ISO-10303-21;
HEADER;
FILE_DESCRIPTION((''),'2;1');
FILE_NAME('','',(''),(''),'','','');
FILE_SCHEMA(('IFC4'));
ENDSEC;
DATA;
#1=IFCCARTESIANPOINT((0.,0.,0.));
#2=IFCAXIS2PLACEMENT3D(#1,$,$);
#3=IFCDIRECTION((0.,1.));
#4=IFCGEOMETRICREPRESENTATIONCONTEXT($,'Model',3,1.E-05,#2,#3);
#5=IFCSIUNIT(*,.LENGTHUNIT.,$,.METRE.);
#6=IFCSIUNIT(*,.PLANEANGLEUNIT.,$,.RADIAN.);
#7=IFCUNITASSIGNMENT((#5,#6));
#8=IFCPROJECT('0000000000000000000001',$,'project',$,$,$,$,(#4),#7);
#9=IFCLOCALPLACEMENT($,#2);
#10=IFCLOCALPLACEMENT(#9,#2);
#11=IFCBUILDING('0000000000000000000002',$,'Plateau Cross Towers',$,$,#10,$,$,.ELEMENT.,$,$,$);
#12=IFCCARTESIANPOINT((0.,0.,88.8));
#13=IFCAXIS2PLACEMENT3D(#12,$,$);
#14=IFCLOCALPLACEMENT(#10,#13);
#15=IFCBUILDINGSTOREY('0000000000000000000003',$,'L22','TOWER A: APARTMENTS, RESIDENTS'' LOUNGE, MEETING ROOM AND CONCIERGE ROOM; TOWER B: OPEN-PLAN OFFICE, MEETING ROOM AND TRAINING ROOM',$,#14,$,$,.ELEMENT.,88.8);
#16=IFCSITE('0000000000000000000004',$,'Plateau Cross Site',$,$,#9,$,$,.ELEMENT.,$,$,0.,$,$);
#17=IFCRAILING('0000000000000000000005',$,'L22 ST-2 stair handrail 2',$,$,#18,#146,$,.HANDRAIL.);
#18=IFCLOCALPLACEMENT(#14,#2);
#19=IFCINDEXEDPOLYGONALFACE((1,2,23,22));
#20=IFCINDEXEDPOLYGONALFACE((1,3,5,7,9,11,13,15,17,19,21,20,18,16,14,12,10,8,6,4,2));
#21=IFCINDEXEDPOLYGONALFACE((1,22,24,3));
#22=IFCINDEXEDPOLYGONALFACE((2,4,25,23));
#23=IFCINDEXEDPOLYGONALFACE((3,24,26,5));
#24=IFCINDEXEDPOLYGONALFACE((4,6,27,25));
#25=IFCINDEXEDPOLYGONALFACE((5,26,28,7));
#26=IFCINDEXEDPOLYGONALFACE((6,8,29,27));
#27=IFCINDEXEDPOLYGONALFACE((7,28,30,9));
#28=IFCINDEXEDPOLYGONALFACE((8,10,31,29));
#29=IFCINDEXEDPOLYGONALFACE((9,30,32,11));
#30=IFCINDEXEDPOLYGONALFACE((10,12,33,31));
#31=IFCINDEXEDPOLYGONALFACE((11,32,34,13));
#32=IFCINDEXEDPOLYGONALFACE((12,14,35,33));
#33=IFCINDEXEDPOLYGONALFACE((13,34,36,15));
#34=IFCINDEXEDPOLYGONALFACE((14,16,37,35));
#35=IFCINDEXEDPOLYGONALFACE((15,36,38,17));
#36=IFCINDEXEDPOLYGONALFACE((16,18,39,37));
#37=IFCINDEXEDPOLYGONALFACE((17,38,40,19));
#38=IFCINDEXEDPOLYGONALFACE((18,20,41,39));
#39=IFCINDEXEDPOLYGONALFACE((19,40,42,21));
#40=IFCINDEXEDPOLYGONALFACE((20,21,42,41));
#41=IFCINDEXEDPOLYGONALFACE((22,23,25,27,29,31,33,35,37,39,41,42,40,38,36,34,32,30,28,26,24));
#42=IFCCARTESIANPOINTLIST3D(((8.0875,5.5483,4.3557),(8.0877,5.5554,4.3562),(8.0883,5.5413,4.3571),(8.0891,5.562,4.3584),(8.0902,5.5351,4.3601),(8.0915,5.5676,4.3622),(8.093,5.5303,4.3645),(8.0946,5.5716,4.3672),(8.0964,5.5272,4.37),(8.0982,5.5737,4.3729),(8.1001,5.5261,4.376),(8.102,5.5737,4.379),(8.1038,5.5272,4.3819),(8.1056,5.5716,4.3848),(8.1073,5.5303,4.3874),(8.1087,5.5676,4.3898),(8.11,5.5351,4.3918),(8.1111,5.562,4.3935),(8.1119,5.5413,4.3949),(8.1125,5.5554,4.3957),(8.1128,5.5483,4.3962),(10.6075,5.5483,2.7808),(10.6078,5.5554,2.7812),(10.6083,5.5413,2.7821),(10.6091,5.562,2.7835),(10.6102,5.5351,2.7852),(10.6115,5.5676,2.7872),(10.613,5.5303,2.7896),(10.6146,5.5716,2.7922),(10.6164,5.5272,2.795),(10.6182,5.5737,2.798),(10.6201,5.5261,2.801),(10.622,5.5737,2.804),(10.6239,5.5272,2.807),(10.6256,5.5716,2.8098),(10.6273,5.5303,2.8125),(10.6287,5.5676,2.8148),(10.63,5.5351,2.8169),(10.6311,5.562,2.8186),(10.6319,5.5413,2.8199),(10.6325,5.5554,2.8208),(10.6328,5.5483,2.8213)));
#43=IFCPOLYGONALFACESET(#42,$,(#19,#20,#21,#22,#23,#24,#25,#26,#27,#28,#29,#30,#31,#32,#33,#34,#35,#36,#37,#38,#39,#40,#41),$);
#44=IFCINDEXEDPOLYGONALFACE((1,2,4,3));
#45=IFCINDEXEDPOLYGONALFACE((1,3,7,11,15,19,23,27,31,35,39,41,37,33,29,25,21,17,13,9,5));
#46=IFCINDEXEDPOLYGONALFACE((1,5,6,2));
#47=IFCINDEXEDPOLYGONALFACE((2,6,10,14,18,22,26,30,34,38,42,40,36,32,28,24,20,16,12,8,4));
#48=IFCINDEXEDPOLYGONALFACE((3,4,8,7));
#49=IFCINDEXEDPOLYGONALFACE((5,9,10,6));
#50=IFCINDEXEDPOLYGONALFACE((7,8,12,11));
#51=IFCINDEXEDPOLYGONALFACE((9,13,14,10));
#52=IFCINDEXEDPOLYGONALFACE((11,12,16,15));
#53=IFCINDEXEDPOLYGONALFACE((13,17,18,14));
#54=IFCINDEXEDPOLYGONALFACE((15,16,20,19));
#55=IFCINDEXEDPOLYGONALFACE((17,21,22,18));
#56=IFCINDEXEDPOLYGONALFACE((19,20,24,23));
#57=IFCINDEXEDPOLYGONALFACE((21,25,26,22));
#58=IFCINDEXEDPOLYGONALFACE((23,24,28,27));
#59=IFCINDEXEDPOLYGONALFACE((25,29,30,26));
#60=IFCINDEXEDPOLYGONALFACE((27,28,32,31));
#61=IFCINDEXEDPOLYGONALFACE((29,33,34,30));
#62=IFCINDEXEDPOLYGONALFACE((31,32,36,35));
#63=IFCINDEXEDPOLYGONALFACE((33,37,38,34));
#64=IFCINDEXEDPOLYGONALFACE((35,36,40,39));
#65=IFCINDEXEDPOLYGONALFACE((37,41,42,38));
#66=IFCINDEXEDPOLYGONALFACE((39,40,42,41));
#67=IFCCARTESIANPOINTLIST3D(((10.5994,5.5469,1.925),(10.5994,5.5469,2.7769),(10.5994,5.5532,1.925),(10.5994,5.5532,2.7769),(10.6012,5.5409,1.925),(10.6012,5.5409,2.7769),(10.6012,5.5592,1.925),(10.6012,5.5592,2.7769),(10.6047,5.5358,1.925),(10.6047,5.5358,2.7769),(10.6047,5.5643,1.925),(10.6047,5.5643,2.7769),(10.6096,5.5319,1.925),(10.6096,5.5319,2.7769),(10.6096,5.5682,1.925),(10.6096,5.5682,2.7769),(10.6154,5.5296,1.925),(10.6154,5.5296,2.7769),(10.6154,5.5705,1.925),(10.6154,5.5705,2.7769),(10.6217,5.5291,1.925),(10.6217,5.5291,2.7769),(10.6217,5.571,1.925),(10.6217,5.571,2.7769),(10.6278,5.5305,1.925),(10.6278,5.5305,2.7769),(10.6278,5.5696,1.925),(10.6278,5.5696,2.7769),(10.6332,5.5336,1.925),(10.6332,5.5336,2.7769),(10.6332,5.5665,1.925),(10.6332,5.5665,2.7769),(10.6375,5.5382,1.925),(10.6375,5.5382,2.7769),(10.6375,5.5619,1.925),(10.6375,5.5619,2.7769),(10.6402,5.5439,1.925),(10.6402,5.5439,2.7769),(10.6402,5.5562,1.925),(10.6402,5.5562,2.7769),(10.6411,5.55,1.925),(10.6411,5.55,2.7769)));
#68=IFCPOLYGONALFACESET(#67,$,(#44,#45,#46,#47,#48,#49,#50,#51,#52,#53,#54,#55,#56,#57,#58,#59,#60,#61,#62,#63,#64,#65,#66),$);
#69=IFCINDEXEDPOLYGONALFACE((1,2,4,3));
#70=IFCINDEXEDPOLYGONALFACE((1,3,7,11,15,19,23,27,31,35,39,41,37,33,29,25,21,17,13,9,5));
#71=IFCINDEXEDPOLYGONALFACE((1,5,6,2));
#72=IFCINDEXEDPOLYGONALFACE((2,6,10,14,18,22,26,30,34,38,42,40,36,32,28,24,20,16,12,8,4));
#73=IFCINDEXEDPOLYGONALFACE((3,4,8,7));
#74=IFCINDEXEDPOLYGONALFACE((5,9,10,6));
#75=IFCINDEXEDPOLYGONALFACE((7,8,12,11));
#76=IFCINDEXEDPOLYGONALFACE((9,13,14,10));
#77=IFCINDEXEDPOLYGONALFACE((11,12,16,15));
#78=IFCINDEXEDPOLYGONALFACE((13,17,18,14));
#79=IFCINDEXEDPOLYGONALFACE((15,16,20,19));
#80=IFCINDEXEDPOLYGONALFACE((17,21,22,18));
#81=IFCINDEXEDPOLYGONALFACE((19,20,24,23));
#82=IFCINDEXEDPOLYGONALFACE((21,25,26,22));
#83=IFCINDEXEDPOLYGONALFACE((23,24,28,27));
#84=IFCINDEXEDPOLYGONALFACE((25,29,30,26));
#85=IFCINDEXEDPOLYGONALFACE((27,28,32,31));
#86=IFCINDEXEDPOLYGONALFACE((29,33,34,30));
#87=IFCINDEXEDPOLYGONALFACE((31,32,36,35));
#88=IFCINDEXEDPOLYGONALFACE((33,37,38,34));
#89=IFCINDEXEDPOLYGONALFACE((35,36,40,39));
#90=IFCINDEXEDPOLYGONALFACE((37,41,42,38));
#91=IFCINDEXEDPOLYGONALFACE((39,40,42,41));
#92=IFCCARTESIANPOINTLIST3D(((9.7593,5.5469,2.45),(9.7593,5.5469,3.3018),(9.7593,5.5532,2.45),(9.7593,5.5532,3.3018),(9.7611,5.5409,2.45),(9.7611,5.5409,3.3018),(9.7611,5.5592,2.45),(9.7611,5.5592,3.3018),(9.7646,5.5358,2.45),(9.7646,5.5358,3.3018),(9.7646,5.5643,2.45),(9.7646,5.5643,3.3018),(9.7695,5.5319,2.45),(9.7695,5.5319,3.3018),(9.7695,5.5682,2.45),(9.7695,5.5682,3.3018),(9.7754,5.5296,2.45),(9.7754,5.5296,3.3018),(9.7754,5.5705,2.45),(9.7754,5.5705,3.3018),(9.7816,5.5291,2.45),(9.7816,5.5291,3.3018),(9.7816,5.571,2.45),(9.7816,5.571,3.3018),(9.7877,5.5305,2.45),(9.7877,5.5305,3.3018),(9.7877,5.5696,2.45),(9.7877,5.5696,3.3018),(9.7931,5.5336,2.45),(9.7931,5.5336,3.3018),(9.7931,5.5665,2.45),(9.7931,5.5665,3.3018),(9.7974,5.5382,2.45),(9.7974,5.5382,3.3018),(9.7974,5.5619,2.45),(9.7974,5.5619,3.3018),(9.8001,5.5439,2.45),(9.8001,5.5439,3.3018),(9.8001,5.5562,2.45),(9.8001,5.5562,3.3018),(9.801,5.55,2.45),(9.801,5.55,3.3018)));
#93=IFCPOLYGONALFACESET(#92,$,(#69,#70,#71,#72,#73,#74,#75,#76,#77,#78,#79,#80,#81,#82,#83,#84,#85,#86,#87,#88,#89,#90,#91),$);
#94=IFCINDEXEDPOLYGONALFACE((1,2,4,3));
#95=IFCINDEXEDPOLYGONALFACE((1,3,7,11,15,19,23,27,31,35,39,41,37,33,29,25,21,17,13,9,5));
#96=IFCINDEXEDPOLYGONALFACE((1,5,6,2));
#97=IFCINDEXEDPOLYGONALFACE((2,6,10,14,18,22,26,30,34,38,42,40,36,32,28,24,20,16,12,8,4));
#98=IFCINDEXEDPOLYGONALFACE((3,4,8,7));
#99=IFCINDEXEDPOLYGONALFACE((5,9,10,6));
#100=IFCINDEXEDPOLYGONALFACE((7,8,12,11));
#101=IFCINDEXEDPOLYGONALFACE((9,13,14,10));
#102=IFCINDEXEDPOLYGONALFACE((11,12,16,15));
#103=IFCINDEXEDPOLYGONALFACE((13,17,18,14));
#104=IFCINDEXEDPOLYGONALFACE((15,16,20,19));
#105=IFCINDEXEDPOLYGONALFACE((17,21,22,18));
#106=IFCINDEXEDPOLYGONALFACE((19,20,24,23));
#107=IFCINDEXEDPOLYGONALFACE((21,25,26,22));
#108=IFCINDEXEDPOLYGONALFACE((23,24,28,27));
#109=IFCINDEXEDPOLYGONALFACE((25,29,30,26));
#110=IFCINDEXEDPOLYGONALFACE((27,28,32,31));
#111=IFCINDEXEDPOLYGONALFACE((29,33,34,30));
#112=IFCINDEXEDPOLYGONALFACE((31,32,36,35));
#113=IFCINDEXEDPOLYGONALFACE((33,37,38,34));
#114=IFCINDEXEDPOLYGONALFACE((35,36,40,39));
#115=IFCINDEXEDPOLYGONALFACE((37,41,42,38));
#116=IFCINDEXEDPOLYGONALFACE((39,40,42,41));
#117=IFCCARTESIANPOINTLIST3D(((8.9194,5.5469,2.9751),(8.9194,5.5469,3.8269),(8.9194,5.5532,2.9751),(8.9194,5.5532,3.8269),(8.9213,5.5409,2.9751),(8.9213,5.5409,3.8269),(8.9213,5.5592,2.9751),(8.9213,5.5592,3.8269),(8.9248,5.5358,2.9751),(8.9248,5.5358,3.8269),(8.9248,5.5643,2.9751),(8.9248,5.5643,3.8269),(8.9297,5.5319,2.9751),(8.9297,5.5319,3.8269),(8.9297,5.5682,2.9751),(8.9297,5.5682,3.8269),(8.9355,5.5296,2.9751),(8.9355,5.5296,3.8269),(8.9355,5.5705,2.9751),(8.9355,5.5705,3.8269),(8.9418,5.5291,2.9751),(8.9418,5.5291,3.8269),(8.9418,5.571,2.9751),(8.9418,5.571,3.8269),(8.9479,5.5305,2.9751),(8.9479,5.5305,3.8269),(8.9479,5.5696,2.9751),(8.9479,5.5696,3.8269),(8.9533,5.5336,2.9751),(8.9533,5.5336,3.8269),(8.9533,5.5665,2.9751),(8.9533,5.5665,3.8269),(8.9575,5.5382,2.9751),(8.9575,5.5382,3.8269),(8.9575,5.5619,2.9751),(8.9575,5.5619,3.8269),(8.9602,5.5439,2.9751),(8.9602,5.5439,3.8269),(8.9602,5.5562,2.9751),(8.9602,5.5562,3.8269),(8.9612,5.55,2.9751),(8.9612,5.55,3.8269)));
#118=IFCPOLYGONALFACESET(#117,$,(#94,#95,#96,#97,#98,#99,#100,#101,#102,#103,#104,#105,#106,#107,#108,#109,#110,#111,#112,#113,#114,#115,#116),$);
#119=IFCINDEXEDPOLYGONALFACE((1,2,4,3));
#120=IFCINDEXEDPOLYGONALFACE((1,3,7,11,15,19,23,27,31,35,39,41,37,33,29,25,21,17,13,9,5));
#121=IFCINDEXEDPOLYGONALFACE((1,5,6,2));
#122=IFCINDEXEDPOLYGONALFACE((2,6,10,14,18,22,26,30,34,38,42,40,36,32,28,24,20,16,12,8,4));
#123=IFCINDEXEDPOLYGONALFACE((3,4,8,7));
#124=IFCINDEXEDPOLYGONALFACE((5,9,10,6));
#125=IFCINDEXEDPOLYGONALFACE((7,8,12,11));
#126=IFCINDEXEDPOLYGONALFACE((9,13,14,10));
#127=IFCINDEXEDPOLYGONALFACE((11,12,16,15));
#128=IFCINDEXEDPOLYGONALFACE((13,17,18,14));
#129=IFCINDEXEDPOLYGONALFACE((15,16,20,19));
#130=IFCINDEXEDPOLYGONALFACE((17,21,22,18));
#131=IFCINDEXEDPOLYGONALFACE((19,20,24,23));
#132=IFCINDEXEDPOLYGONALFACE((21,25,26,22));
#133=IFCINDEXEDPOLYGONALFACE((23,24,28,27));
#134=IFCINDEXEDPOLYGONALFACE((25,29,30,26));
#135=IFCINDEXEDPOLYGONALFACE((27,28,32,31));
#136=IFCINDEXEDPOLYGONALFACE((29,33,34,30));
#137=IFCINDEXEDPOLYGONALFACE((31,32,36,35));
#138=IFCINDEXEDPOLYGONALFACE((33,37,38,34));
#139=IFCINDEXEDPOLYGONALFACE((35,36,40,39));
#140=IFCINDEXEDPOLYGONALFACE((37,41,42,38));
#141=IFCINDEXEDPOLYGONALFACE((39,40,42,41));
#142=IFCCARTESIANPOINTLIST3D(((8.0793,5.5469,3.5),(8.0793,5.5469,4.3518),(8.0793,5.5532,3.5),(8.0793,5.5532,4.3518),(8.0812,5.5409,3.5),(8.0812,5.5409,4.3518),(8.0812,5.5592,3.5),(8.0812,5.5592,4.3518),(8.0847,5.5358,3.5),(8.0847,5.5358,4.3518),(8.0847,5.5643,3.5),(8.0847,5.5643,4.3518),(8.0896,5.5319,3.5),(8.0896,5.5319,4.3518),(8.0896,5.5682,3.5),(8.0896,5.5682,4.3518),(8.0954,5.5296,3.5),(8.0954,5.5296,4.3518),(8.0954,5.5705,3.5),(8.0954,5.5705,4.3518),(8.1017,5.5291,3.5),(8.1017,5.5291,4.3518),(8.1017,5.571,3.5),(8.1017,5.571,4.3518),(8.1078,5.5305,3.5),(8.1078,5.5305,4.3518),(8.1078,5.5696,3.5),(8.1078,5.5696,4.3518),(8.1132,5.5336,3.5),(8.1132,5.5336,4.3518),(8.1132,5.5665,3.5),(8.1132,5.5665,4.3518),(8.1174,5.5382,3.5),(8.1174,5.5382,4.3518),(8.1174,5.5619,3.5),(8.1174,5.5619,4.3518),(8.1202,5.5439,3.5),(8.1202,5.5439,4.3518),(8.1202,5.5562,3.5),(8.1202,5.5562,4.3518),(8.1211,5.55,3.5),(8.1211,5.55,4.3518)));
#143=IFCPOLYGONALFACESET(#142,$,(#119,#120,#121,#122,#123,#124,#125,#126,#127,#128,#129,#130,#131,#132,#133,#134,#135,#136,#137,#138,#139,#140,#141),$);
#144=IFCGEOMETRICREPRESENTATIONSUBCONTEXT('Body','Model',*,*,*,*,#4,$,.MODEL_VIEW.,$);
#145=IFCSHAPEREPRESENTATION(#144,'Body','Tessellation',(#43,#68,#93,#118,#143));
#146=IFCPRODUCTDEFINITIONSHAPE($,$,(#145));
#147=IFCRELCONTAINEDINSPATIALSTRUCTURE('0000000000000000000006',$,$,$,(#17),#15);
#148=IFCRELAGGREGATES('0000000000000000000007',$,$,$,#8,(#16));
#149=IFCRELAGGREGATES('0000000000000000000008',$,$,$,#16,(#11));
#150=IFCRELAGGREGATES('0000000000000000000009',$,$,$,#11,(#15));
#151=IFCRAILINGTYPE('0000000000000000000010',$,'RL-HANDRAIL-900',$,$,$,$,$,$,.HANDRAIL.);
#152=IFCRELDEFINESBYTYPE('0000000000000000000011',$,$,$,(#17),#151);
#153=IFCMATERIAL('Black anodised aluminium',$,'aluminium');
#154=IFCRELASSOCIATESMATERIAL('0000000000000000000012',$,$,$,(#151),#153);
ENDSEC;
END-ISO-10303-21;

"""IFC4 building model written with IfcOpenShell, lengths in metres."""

from ifc_helpers import new_model, si_unit, direction, frame, origin, origin_2d, place, context, subcontext, project, spatial, circle, extrude, material, type_object, element, save


model = new_model("IFC4")

# Units and contexts
model_context = context("Model", 3, precision=1e-05, world=origin(), true_north=direction((0.0, 1.0)))
body_context = subcontext(model_context, "Body", "Model", "MODEL_VIEW")
ifc_project = project(units=[si_unit("LENGTHUNIT", "METRE"), si_unit("PLANEANGLEUNIT", "RADIAN")], contexts=[model_context])

# Site, building, storey
site_placement = place(None, origin())
site = spatial("IfcSite", under=ifc_project, at=site_placement, Name="Plateau Cross Site", CompositionType="ELEMENT", RefElevation=0.0)
building_placement = place(site_placement, origin())
building = spatial("IfcBuilding", under=site, at=building_placement, Name="Plateau Cross Towers", CompositionType="ELEMENT")
storey_placement = place(building_placement, frame((0.0, 0.0, 88.8)))
storey = spatial("IfcBuildingStorey", under=building, at=storey_placement, Name="L22", Description="TOWER A: APARTMENTS, RESIDENTS' LOUNGE, MEETING ROOM AND CONCIERGE ROOM; TOWER B: OPEN-PLAN OFFICE, MEETING ROOM AND TRAINING ROOM", CompositionType="ELEMENT", Elevation=88.8)

# Railing
ifc_material_1 = material(Name="Black anodised aluminium", Category="aluminium")
railing_type_1 = type_object("IfcRailingType", Name="RL-HANDRAIL-900", PredefinedType="HANDRAIL", material=ifc_material_1)
railing_1_placement = place(storey_placement, frame((10.6201, 5.55, 1.925)))
element("IfcRailing", 1, at=railing_1_placement, inside=storey, type_object=railing_type_1, Name="L22 ST-2 stair handrail 2", PredefinedType="HANDRAIL", context=body_context, shape_type="SweptSolid", body=[
    extrude(circle(Radius=0.0239, at=origin_2d()), frame((0.0, 0.0, 0.876), z_axis=(-0.848008, 0.0, 0.529984), x_axis=(0.0, -1.0, 0.0)), (0.0, 0.0, 1.0), 2.9717),
    extrude(circle(Radius=0.021, at=origin_2d()), origin(), (0.0, 0.0, 1.0), 0.8518),
    extrude(circle(Radius=0.021, at=origin_2d()), frame((-0.8401, 0.0, 0.5249)), (0.0, 0.0, 1.0), 0.8518),
    extrude(circle(Radius=0.021, at=origin_2d()), frame((-1.6799, 0.0, 1.05)), (0.0, 0.0, 1.0), 0.8518),
    extrude(circle(Radius=0.021, at=origin_2d()), frame((-2.52, 0.0, 1.575)), (0.0, 0.0, 1.0), 0.8518),
])

save(model, "model.ifc")
